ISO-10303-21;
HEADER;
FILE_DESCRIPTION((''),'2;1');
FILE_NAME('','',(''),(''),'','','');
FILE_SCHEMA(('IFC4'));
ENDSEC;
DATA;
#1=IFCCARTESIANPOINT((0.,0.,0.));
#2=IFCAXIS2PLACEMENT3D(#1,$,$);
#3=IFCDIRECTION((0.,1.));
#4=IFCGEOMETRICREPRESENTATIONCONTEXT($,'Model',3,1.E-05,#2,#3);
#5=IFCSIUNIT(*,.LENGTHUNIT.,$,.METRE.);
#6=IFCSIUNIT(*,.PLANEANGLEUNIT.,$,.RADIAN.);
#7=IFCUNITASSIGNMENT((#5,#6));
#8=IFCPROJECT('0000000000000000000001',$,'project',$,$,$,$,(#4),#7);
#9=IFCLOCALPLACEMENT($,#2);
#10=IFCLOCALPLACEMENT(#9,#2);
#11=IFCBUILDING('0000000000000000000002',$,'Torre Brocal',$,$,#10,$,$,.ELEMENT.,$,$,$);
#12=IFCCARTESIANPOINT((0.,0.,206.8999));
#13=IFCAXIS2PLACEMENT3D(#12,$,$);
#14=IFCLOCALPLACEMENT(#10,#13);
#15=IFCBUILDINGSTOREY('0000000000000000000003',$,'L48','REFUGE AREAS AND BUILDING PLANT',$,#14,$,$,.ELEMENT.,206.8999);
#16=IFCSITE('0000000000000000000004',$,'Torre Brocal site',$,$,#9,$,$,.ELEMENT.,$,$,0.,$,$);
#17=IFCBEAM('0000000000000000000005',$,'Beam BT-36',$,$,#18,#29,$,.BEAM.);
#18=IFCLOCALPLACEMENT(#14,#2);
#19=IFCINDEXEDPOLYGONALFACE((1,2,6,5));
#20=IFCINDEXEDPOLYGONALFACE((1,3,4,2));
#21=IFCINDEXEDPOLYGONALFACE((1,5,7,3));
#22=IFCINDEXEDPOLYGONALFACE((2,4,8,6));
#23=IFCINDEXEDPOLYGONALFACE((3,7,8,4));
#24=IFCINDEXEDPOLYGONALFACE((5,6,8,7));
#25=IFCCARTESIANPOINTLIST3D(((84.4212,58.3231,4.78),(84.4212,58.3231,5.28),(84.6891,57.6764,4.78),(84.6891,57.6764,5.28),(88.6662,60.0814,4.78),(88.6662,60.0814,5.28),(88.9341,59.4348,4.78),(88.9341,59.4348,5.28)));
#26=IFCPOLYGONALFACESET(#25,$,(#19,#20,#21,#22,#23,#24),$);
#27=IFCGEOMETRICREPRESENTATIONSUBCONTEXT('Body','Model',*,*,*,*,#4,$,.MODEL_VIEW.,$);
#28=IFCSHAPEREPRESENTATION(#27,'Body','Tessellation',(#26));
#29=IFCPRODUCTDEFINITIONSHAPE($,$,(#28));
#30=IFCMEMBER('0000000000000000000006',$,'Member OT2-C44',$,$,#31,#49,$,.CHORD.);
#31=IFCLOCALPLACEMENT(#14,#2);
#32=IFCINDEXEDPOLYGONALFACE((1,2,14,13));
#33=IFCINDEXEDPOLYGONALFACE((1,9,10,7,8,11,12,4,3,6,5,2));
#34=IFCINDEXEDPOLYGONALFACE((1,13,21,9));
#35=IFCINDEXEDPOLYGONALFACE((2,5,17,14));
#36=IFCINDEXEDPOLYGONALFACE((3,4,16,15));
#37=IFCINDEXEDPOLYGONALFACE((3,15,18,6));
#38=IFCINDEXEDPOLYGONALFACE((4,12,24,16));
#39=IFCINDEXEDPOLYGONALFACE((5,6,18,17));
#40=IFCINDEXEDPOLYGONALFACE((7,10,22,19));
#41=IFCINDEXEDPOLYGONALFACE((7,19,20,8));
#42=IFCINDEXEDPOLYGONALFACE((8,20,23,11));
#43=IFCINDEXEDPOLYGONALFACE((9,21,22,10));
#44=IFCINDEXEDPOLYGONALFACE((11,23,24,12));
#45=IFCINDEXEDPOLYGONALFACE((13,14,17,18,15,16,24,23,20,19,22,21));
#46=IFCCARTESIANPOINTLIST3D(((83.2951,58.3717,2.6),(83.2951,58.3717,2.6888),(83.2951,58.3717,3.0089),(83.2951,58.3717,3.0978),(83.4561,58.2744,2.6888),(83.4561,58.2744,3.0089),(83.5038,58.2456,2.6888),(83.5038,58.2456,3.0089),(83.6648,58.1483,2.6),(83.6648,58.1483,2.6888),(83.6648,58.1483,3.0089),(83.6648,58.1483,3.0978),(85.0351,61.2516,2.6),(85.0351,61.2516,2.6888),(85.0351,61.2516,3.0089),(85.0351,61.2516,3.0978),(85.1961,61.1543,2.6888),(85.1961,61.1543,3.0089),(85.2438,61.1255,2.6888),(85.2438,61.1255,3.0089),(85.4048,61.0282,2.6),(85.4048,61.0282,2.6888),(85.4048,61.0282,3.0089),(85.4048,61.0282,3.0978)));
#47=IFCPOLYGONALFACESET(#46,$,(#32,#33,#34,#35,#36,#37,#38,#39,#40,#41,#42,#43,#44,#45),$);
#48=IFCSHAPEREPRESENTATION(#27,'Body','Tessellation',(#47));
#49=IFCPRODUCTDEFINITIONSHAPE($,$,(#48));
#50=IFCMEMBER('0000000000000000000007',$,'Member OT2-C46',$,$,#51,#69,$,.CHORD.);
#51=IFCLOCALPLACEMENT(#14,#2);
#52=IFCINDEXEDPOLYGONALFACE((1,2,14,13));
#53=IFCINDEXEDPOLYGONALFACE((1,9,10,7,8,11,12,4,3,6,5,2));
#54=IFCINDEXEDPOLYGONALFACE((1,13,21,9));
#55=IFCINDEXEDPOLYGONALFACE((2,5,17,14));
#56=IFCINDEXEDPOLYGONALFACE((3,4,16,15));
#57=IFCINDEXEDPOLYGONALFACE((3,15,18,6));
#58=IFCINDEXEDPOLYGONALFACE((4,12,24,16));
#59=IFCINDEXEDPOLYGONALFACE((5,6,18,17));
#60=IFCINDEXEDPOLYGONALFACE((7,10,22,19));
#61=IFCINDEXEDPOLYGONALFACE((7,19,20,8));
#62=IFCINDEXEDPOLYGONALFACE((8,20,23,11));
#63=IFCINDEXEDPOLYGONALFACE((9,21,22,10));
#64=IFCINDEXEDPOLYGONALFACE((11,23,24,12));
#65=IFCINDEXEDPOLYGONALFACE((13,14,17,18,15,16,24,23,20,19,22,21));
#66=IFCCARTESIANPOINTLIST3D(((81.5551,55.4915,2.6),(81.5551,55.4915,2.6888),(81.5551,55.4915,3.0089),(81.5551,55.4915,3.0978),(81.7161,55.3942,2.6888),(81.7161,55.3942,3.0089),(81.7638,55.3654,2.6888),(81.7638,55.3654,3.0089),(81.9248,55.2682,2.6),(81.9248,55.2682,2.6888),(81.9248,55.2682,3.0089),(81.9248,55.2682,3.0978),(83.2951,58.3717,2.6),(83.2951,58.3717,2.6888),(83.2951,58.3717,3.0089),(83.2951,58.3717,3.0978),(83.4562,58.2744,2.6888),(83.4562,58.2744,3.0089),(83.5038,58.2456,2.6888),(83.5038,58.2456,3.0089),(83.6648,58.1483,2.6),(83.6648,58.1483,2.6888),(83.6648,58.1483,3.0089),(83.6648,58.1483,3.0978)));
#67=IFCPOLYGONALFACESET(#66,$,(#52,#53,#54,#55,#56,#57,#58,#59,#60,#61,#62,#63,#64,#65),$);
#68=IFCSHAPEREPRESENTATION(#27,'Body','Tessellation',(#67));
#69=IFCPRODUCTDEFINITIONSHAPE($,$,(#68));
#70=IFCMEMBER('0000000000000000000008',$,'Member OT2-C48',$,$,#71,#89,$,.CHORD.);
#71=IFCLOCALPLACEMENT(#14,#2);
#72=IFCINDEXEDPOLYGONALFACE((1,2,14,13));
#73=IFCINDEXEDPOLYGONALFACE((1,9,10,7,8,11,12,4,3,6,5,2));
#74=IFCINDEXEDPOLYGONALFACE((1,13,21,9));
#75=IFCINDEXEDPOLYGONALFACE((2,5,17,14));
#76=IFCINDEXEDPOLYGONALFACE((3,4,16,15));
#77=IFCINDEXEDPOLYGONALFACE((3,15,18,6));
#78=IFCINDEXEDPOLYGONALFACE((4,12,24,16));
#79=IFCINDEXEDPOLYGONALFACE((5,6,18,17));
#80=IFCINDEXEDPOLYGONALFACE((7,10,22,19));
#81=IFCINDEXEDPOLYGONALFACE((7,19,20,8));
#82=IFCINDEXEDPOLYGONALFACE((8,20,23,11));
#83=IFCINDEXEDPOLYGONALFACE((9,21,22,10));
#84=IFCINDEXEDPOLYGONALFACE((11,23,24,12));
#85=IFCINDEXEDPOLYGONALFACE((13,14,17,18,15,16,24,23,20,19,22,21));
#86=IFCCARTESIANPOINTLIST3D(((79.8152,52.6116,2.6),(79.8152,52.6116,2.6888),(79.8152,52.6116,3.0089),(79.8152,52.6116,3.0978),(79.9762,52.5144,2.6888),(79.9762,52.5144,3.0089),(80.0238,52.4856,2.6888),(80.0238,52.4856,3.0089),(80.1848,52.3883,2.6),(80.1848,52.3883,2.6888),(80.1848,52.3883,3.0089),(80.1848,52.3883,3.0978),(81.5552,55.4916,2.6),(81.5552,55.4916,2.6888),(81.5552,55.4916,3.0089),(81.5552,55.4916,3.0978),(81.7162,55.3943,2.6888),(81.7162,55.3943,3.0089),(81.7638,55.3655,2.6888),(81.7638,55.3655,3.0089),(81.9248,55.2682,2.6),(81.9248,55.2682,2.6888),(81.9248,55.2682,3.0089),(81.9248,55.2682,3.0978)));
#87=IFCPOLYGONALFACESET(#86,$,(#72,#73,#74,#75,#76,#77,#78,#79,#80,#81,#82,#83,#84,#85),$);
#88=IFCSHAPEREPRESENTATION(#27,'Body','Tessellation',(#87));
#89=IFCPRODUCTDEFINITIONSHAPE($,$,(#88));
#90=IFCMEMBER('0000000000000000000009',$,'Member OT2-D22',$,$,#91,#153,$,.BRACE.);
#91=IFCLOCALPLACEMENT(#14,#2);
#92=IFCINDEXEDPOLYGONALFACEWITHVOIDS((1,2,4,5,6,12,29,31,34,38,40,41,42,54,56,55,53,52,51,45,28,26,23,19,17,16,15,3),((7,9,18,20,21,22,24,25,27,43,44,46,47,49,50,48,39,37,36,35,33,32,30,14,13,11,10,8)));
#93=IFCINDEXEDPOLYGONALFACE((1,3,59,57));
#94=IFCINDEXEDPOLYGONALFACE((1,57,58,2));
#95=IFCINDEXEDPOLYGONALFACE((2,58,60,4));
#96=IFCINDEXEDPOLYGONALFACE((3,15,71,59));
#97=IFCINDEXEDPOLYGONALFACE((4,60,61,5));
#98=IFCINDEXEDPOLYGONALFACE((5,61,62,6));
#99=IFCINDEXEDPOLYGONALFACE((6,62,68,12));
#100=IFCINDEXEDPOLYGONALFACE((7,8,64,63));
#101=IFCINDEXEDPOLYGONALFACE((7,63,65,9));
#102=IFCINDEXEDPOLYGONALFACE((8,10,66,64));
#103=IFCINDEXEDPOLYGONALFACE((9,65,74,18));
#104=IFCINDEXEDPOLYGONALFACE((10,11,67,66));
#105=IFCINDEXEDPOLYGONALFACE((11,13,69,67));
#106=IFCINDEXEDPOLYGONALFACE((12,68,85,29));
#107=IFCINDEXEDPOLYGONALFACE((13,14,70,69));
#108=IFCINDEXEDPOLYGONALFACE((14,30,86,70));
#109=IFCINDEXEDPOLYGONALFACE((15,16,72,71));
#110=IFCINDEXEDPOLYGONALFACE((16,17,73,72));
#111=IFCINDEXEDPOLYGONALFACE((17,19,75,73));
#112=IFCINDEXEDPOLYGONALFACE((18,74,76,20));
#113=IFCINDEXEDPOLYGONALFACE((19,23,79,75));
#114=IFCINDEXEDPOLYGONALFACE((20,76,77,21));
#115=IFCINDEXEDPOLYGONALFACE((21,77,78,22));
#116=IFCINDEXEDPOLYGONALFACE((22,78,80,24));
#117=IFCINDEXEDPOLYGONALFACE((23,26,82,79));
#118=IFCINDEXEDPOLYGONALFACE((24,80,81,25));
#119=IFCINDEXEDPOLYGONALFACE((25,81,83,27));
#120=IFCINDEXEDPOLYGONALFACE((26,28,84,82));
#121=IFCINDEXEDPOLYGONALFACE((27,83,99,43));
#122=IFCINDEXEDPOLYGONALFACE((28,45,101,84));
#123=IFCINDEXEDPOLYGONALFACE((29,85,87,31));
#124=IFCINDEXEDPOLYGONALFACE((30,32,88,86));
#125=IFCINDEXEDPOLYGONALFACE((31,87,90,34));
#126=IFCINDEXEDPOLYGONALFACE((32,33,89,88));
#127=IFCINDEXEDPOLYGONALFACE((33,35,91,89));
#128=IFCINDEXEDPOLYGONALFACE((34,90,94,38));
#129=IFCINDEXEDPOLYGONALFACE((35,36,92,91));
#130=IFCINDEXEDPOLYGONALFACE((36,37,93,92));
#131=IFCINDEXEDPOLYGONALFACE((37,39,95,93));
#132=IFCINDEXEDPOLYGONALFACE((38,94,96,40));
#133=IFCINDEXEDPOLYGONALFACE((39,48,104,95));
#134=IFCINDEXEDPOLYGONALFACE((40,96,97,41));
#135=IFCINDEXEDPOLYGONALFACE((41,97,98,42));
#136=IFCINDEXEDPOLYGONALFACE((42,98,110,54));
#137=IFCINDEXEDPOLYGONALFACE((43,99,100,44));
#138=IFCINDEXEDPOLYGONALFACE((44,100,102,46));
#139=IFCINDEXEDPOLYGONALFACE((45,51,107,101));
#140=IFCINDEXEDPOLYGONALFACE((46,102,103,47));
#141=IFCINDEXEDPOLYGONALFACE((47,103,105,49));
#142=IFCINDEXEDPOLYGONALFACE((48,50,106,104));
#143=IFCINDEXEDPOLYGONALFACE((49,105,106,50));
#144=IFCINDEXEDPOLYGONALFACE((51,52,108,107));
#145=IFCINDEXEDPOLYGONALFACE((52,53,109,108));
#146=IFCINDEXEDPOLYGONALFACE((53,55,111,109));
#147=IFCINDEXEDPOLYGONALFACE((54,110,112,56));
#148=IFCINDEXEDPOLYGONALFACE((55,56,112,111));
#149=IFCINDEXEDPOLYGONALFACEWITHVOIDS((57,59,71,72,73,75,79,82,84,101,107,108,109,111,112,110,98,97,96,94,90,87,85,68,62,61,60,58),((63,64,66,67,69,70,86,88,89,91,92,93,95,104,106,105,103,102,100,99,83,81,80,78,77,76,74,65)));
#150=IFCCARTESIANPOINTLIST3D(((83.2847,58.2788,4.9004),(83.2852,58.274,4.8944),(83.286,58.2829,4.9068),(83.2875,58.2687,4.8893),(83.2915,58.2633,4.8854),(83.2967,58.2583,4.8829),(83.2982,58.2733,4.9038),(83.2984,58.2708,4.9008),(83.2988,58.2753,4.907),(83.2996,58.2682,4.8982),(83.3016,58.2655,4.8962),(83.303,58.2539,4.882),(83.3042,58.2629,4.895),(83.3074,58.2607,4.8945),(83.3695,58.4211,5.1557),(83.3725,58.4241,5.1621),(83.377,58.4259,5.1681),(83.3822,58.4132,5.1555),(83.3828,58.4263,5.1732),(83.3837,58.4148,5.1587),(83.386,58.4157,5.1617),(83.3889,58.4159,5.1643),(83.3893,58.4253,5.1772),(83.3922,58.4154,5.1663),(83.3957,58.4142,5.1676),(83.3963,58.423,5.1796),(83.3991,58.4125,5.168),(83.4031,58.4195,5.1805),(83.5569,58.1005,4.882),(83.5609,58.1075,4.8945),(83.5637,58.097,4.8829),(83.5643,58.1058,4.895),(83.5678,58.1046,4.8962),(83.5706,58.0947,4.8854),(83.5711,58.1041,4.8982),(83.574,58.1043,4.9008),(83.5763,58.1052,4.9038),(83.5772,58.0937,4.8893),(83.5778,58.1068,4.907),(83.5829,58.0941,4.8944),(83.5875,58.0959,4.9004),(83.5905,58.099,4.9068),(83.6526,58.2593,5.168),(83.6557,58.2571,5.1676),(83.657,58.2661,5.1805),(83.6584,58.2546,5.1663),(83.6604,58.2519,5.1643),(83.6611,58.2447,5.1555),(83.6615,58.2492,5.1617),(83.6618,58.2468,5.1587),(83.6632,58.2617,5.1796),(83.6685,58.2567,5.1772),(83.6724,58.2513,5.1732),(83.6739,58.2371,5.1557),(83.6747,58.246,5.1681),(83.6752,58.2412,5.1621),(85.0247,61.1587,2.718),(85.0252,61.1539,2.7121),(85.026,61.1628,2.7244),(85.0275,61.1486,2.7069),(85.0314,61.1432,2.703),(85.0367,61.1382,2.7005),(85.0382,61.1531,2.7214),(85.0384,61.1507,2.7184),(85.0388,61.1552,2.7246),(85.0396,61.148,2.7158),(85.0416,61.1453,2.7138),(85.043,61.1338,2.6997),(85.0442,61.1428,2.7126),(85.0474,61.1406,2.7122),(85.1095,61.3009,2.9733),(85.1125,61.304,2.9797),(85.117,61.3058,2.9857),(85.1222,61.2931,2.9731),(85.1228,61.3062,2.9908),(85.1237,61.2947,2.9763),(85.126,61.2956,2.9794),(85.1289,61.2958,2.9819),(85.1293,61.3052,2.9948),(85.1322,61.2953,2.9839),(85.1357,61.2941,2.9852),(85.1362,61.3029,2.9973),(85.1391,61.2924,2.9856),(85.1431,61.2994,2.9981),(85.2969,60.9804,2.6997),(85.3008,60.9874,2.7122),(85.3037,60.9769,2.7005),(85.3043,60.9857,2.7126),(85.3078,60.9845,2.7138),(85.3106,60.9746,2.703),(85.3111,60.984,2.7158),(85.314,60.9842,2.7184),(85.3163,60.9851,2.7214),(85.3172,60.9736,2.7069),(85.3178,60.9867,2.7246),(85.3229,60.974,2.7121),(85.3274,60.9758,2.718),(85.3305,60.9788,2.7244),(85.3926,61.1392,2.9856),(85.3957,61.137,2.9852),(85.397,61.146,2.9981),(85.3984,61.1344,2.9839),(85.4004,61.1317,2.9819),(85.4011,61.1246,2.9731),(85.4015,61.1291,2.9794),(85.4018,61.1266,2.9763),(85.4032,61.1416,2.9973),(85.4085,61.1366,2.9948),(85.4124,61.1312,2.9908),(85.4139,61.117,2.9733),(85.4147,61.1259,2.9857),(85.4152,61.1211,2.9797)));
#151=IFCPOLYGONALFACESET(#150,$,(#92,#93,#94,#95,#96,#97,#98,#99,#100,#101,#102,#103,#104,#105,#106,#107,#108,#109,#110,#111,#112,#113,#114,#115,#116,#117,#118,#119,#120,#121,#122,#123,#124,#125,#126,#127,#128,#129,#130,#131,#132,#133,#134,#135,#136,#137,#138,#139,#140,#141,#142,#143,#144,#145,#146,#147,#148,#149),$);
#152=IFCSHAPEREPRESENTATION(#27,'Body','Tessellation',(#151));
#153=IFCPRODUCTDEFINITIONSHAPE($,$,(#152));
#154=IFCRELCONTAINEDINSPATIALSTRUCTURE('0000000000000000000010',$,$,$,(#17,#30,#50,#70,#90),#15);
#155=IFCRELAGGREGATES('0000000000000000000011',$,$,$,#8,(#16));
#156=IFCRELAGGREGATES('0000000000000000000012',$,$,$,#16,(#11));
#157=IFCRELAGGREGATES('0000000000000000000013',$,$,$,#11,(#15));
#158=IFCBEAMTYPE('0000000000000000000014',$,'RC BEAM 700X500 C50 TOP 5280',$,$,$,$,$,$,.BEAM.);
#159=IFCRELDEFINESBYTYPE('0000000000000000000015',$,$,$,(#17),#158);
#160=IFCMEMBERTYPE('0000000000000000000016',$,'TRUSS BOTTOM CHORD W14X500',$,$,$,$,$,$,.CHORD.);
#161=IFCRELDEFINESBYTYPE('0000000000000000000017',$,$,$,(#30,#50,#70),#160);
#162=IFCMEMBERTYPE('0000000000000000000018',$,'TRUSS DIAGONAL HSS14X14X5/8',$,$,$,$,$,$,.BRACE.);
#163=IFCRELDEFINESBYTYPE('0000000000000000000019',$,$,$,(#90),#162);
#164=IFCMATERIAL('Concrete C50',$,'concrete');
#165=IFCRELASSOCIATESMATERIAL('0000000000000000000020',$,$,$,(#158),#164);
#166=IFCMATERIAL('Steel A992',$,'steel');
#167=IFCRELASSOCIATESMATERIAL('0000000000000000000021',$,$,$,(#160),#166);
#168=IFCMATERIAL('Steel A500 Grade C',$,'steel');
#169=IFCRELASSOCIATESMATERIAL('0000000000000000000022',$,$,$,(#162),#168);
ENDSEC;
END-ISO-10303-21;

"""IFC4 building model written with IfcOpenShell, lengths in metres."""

from ifc_helpers import new_model, si_unit, direction, frame, origin, origin_2d, place, context, subcontext, project, spatial, rectangle, hollow_rectangle, i_section, extrude, material, material_profile, profile_set, type_object, element, save


model = new_model("IFC4")

# Units and contexts
model_context = context("Model", 3, precision=1e-05, world=origin(), true_north=direction((0.0, 1.0)))
body_context = subcontext(model_context, "Body", "Model", "MODEL_VIEW")
ifc_project = project(units=[si_unit("LENGTHUNIT", "METRE"), si_unit("PLANEANGLEUNIT", "RADIAN")], contexts=[model_context])

# Site, building, storey
site_placement = place(None, origin())
site = spatial("IfcSite", under=ifc_project, at=site_placement, Name="Torre Brocal site", CompositionType="ELEMENT", RefElevation=0.0)
building_placement = place(site_placement, origin())
building = spatial("IfcBuilding", under=site, at=building_placement, Name="Torre Brocal", CompositionType="ELEMENT")
storey_placement = place(building_placement, frame((0.0, 0.0, 206.8999)))
storey = spatial("IfcBuildingStorey", under=building, at=storey_placement, Name="L48", Description="REFUGE AREAS AND BUILDING PLANT", CompositionType="ELEMENT", Elevation=206.8999)

# Beam
ifc_material_1 = material(Name="Concrete C50", Category="concrete")
ifc_material_profile_1 = material_profile(ifc_material_1, rectangle(XDim=0.7, YDim=0.5, at=origin_2d()), Name="RC 700X500")
ifc_profile_set_1 = profile_set([ifc_material_profile_1], Name="Concrete C50")
beam_type_1 = type_object("IfcBeamType", Name="RC BEAM 700X500 C50 TOP 5280", PredefinedType="BEAM", material=ifc_profile_set_1)
beam_1_placement = place(storey_placement, frame((84.5552, 57.9998, 5.03), z_axis=(0.923878, 0.382687, 0.0), x_axis=(-0.382687, 0.923878, 0.0)))
element("IfcBeam", 1, at=beam_1_placement, inside=storey, type_object=beam_type_1, Name="Beam BT-36", PredefinedType="BEAM", context=body_context, shape_type="SweptSolid", body=[
    extrude(rectangle(XDim=0.7, YDim=0.5, at=origin_2d()), origin(), (0.0, 0.0, 1.0), 4.5947),
])

# Members
ifc_material_2 = material(Name="Steel A992", Category="steel")
ifc_material_profile_2 = material_profile(ifc_material_2, i_section(OverallWidth=0.4319, OverallDepth=0.4978, WebThickness=0.0557, FlangeThickness=0.0889, at=origin_2d()), Name="W14X500")
ifc_profile_set_2 = profile_set([ifc_material_profile_2], Name="Steel A992")
member_type_1 = type_object("IfcMemberType", Name="TRUSS BOTTOM CHORD W14X500", PredefinedType="CHORD", material=ifc_profile_set_2)
member_1_placement = place(storey_placement, frame((85.22, 61.1399, 2.8489), z_axis=(-0.517129, -0.855908, 0.0), x_axis=(0.855908, -0.517129, 0.0)))
element("IfcMember", 2, at=member_1_placement, inside=storey, type_object=member_type_1, Name="Member OT2-C44", PredefinedType="CHORD", context=body_context, shape_type="SweptSolid", body=[
    extrude(i_section(OverallWidth=0.4319, OverallDepth=0.4978, WebThickness=0.0557, FlangeThickness=0.0889, at=origin_2d()), origin(), (0.0, 0.0, 1.0), 3.3647),
])
member_2_placement = place(storey_placement, frame((83.48, 58.26, 2.8489), z_axis=(-0.517097, -0.855927, 0.0), x_axis=(0.855927, -0.517097, 0.0)))
element("IfcMember", 3, at=member_2_placement, inside=storey, type_object=member_type_1, Name="Member OT2-C46", PredefinedType="CHORD", context=body_context, shape_type="SweptSolid", body=[
    extrude(i_section(OverallWidth=0.4319, OverallDepth=0.4978, WebThickness=0.0557, FlangeThickness=0.0889, at=origin_2d()), origin(), (0.0, 0.0, 1.0), 3.365),
])
member_3_placement = place(storey_placement, frame((81.74, 55.3799, 2.8489), z_axis=(-0.517129, -0.855908, 0.0), x_axis=(0.855908, -0.517129, 0.0)))
element("IfcMember", 4, at=member_3_placement, inside=storey, type_object=member_type_1, Name="Member OT2-C48", PredefinedType="CHORD", context=body_context, shape_type="SweptSolid", body=[
    extrude(i_section(OverallWidth=0.4319, OverallDepth=0.4978, WebThickness=0.0557, FlangeThickness=0.0889, at=origin_2d()), origin(), (0.0, 0.0, 1.0), 3.3647),
])
ifc_material_3 = material(Name="Steel A500 Grade C", Category="steel")
ifc_material_profile_3 = material_profile(ifc_material_3, hollow_rectangle(XDim=0.3557, YDim=0.3557, WallThickness=0.0149, InnerFilletRadius=0.0149, OuterFilletRadius=0.0295, at=origin_2d()), Name="HSS14X14X5/8")
ifc_profile_set_3 = profile_set([ifc_material_profile_3], Name="Steel A500 Grade C")
member_type_2 = type_object("IfcMemberType", Name="TRUSS DIAGONAL HSS14X14X5/8", PredefinedType="BRACE", material=ifc_profile_set_3)
member_4_placement = place(storey_placement, frame((85.22, 61.1399, 2.8489), z_axis=(-0.43386, -0.718087, 0.544166), x_axis=(0.855908, -0.517129, 0.0)))
element("IfcMember", 5, at=member_4_placement, inside=storey, type_object=member_type_2, Name="Member OT2-D22", PredefinedType="BRACE", context=body_context, shape_type="SweptSolid", body=[
    extrude(hollow_rectangle(XDim=0.3557, YDim=0.3557, WallThickness=0.0149, InnerFilletRadius=0.0149, OuterFilletRadius=0.0295, at=origin_2d()), origin(), (0.0, 0.0, 1.0), 4.0105),
])

save(model, "model.ifc")
